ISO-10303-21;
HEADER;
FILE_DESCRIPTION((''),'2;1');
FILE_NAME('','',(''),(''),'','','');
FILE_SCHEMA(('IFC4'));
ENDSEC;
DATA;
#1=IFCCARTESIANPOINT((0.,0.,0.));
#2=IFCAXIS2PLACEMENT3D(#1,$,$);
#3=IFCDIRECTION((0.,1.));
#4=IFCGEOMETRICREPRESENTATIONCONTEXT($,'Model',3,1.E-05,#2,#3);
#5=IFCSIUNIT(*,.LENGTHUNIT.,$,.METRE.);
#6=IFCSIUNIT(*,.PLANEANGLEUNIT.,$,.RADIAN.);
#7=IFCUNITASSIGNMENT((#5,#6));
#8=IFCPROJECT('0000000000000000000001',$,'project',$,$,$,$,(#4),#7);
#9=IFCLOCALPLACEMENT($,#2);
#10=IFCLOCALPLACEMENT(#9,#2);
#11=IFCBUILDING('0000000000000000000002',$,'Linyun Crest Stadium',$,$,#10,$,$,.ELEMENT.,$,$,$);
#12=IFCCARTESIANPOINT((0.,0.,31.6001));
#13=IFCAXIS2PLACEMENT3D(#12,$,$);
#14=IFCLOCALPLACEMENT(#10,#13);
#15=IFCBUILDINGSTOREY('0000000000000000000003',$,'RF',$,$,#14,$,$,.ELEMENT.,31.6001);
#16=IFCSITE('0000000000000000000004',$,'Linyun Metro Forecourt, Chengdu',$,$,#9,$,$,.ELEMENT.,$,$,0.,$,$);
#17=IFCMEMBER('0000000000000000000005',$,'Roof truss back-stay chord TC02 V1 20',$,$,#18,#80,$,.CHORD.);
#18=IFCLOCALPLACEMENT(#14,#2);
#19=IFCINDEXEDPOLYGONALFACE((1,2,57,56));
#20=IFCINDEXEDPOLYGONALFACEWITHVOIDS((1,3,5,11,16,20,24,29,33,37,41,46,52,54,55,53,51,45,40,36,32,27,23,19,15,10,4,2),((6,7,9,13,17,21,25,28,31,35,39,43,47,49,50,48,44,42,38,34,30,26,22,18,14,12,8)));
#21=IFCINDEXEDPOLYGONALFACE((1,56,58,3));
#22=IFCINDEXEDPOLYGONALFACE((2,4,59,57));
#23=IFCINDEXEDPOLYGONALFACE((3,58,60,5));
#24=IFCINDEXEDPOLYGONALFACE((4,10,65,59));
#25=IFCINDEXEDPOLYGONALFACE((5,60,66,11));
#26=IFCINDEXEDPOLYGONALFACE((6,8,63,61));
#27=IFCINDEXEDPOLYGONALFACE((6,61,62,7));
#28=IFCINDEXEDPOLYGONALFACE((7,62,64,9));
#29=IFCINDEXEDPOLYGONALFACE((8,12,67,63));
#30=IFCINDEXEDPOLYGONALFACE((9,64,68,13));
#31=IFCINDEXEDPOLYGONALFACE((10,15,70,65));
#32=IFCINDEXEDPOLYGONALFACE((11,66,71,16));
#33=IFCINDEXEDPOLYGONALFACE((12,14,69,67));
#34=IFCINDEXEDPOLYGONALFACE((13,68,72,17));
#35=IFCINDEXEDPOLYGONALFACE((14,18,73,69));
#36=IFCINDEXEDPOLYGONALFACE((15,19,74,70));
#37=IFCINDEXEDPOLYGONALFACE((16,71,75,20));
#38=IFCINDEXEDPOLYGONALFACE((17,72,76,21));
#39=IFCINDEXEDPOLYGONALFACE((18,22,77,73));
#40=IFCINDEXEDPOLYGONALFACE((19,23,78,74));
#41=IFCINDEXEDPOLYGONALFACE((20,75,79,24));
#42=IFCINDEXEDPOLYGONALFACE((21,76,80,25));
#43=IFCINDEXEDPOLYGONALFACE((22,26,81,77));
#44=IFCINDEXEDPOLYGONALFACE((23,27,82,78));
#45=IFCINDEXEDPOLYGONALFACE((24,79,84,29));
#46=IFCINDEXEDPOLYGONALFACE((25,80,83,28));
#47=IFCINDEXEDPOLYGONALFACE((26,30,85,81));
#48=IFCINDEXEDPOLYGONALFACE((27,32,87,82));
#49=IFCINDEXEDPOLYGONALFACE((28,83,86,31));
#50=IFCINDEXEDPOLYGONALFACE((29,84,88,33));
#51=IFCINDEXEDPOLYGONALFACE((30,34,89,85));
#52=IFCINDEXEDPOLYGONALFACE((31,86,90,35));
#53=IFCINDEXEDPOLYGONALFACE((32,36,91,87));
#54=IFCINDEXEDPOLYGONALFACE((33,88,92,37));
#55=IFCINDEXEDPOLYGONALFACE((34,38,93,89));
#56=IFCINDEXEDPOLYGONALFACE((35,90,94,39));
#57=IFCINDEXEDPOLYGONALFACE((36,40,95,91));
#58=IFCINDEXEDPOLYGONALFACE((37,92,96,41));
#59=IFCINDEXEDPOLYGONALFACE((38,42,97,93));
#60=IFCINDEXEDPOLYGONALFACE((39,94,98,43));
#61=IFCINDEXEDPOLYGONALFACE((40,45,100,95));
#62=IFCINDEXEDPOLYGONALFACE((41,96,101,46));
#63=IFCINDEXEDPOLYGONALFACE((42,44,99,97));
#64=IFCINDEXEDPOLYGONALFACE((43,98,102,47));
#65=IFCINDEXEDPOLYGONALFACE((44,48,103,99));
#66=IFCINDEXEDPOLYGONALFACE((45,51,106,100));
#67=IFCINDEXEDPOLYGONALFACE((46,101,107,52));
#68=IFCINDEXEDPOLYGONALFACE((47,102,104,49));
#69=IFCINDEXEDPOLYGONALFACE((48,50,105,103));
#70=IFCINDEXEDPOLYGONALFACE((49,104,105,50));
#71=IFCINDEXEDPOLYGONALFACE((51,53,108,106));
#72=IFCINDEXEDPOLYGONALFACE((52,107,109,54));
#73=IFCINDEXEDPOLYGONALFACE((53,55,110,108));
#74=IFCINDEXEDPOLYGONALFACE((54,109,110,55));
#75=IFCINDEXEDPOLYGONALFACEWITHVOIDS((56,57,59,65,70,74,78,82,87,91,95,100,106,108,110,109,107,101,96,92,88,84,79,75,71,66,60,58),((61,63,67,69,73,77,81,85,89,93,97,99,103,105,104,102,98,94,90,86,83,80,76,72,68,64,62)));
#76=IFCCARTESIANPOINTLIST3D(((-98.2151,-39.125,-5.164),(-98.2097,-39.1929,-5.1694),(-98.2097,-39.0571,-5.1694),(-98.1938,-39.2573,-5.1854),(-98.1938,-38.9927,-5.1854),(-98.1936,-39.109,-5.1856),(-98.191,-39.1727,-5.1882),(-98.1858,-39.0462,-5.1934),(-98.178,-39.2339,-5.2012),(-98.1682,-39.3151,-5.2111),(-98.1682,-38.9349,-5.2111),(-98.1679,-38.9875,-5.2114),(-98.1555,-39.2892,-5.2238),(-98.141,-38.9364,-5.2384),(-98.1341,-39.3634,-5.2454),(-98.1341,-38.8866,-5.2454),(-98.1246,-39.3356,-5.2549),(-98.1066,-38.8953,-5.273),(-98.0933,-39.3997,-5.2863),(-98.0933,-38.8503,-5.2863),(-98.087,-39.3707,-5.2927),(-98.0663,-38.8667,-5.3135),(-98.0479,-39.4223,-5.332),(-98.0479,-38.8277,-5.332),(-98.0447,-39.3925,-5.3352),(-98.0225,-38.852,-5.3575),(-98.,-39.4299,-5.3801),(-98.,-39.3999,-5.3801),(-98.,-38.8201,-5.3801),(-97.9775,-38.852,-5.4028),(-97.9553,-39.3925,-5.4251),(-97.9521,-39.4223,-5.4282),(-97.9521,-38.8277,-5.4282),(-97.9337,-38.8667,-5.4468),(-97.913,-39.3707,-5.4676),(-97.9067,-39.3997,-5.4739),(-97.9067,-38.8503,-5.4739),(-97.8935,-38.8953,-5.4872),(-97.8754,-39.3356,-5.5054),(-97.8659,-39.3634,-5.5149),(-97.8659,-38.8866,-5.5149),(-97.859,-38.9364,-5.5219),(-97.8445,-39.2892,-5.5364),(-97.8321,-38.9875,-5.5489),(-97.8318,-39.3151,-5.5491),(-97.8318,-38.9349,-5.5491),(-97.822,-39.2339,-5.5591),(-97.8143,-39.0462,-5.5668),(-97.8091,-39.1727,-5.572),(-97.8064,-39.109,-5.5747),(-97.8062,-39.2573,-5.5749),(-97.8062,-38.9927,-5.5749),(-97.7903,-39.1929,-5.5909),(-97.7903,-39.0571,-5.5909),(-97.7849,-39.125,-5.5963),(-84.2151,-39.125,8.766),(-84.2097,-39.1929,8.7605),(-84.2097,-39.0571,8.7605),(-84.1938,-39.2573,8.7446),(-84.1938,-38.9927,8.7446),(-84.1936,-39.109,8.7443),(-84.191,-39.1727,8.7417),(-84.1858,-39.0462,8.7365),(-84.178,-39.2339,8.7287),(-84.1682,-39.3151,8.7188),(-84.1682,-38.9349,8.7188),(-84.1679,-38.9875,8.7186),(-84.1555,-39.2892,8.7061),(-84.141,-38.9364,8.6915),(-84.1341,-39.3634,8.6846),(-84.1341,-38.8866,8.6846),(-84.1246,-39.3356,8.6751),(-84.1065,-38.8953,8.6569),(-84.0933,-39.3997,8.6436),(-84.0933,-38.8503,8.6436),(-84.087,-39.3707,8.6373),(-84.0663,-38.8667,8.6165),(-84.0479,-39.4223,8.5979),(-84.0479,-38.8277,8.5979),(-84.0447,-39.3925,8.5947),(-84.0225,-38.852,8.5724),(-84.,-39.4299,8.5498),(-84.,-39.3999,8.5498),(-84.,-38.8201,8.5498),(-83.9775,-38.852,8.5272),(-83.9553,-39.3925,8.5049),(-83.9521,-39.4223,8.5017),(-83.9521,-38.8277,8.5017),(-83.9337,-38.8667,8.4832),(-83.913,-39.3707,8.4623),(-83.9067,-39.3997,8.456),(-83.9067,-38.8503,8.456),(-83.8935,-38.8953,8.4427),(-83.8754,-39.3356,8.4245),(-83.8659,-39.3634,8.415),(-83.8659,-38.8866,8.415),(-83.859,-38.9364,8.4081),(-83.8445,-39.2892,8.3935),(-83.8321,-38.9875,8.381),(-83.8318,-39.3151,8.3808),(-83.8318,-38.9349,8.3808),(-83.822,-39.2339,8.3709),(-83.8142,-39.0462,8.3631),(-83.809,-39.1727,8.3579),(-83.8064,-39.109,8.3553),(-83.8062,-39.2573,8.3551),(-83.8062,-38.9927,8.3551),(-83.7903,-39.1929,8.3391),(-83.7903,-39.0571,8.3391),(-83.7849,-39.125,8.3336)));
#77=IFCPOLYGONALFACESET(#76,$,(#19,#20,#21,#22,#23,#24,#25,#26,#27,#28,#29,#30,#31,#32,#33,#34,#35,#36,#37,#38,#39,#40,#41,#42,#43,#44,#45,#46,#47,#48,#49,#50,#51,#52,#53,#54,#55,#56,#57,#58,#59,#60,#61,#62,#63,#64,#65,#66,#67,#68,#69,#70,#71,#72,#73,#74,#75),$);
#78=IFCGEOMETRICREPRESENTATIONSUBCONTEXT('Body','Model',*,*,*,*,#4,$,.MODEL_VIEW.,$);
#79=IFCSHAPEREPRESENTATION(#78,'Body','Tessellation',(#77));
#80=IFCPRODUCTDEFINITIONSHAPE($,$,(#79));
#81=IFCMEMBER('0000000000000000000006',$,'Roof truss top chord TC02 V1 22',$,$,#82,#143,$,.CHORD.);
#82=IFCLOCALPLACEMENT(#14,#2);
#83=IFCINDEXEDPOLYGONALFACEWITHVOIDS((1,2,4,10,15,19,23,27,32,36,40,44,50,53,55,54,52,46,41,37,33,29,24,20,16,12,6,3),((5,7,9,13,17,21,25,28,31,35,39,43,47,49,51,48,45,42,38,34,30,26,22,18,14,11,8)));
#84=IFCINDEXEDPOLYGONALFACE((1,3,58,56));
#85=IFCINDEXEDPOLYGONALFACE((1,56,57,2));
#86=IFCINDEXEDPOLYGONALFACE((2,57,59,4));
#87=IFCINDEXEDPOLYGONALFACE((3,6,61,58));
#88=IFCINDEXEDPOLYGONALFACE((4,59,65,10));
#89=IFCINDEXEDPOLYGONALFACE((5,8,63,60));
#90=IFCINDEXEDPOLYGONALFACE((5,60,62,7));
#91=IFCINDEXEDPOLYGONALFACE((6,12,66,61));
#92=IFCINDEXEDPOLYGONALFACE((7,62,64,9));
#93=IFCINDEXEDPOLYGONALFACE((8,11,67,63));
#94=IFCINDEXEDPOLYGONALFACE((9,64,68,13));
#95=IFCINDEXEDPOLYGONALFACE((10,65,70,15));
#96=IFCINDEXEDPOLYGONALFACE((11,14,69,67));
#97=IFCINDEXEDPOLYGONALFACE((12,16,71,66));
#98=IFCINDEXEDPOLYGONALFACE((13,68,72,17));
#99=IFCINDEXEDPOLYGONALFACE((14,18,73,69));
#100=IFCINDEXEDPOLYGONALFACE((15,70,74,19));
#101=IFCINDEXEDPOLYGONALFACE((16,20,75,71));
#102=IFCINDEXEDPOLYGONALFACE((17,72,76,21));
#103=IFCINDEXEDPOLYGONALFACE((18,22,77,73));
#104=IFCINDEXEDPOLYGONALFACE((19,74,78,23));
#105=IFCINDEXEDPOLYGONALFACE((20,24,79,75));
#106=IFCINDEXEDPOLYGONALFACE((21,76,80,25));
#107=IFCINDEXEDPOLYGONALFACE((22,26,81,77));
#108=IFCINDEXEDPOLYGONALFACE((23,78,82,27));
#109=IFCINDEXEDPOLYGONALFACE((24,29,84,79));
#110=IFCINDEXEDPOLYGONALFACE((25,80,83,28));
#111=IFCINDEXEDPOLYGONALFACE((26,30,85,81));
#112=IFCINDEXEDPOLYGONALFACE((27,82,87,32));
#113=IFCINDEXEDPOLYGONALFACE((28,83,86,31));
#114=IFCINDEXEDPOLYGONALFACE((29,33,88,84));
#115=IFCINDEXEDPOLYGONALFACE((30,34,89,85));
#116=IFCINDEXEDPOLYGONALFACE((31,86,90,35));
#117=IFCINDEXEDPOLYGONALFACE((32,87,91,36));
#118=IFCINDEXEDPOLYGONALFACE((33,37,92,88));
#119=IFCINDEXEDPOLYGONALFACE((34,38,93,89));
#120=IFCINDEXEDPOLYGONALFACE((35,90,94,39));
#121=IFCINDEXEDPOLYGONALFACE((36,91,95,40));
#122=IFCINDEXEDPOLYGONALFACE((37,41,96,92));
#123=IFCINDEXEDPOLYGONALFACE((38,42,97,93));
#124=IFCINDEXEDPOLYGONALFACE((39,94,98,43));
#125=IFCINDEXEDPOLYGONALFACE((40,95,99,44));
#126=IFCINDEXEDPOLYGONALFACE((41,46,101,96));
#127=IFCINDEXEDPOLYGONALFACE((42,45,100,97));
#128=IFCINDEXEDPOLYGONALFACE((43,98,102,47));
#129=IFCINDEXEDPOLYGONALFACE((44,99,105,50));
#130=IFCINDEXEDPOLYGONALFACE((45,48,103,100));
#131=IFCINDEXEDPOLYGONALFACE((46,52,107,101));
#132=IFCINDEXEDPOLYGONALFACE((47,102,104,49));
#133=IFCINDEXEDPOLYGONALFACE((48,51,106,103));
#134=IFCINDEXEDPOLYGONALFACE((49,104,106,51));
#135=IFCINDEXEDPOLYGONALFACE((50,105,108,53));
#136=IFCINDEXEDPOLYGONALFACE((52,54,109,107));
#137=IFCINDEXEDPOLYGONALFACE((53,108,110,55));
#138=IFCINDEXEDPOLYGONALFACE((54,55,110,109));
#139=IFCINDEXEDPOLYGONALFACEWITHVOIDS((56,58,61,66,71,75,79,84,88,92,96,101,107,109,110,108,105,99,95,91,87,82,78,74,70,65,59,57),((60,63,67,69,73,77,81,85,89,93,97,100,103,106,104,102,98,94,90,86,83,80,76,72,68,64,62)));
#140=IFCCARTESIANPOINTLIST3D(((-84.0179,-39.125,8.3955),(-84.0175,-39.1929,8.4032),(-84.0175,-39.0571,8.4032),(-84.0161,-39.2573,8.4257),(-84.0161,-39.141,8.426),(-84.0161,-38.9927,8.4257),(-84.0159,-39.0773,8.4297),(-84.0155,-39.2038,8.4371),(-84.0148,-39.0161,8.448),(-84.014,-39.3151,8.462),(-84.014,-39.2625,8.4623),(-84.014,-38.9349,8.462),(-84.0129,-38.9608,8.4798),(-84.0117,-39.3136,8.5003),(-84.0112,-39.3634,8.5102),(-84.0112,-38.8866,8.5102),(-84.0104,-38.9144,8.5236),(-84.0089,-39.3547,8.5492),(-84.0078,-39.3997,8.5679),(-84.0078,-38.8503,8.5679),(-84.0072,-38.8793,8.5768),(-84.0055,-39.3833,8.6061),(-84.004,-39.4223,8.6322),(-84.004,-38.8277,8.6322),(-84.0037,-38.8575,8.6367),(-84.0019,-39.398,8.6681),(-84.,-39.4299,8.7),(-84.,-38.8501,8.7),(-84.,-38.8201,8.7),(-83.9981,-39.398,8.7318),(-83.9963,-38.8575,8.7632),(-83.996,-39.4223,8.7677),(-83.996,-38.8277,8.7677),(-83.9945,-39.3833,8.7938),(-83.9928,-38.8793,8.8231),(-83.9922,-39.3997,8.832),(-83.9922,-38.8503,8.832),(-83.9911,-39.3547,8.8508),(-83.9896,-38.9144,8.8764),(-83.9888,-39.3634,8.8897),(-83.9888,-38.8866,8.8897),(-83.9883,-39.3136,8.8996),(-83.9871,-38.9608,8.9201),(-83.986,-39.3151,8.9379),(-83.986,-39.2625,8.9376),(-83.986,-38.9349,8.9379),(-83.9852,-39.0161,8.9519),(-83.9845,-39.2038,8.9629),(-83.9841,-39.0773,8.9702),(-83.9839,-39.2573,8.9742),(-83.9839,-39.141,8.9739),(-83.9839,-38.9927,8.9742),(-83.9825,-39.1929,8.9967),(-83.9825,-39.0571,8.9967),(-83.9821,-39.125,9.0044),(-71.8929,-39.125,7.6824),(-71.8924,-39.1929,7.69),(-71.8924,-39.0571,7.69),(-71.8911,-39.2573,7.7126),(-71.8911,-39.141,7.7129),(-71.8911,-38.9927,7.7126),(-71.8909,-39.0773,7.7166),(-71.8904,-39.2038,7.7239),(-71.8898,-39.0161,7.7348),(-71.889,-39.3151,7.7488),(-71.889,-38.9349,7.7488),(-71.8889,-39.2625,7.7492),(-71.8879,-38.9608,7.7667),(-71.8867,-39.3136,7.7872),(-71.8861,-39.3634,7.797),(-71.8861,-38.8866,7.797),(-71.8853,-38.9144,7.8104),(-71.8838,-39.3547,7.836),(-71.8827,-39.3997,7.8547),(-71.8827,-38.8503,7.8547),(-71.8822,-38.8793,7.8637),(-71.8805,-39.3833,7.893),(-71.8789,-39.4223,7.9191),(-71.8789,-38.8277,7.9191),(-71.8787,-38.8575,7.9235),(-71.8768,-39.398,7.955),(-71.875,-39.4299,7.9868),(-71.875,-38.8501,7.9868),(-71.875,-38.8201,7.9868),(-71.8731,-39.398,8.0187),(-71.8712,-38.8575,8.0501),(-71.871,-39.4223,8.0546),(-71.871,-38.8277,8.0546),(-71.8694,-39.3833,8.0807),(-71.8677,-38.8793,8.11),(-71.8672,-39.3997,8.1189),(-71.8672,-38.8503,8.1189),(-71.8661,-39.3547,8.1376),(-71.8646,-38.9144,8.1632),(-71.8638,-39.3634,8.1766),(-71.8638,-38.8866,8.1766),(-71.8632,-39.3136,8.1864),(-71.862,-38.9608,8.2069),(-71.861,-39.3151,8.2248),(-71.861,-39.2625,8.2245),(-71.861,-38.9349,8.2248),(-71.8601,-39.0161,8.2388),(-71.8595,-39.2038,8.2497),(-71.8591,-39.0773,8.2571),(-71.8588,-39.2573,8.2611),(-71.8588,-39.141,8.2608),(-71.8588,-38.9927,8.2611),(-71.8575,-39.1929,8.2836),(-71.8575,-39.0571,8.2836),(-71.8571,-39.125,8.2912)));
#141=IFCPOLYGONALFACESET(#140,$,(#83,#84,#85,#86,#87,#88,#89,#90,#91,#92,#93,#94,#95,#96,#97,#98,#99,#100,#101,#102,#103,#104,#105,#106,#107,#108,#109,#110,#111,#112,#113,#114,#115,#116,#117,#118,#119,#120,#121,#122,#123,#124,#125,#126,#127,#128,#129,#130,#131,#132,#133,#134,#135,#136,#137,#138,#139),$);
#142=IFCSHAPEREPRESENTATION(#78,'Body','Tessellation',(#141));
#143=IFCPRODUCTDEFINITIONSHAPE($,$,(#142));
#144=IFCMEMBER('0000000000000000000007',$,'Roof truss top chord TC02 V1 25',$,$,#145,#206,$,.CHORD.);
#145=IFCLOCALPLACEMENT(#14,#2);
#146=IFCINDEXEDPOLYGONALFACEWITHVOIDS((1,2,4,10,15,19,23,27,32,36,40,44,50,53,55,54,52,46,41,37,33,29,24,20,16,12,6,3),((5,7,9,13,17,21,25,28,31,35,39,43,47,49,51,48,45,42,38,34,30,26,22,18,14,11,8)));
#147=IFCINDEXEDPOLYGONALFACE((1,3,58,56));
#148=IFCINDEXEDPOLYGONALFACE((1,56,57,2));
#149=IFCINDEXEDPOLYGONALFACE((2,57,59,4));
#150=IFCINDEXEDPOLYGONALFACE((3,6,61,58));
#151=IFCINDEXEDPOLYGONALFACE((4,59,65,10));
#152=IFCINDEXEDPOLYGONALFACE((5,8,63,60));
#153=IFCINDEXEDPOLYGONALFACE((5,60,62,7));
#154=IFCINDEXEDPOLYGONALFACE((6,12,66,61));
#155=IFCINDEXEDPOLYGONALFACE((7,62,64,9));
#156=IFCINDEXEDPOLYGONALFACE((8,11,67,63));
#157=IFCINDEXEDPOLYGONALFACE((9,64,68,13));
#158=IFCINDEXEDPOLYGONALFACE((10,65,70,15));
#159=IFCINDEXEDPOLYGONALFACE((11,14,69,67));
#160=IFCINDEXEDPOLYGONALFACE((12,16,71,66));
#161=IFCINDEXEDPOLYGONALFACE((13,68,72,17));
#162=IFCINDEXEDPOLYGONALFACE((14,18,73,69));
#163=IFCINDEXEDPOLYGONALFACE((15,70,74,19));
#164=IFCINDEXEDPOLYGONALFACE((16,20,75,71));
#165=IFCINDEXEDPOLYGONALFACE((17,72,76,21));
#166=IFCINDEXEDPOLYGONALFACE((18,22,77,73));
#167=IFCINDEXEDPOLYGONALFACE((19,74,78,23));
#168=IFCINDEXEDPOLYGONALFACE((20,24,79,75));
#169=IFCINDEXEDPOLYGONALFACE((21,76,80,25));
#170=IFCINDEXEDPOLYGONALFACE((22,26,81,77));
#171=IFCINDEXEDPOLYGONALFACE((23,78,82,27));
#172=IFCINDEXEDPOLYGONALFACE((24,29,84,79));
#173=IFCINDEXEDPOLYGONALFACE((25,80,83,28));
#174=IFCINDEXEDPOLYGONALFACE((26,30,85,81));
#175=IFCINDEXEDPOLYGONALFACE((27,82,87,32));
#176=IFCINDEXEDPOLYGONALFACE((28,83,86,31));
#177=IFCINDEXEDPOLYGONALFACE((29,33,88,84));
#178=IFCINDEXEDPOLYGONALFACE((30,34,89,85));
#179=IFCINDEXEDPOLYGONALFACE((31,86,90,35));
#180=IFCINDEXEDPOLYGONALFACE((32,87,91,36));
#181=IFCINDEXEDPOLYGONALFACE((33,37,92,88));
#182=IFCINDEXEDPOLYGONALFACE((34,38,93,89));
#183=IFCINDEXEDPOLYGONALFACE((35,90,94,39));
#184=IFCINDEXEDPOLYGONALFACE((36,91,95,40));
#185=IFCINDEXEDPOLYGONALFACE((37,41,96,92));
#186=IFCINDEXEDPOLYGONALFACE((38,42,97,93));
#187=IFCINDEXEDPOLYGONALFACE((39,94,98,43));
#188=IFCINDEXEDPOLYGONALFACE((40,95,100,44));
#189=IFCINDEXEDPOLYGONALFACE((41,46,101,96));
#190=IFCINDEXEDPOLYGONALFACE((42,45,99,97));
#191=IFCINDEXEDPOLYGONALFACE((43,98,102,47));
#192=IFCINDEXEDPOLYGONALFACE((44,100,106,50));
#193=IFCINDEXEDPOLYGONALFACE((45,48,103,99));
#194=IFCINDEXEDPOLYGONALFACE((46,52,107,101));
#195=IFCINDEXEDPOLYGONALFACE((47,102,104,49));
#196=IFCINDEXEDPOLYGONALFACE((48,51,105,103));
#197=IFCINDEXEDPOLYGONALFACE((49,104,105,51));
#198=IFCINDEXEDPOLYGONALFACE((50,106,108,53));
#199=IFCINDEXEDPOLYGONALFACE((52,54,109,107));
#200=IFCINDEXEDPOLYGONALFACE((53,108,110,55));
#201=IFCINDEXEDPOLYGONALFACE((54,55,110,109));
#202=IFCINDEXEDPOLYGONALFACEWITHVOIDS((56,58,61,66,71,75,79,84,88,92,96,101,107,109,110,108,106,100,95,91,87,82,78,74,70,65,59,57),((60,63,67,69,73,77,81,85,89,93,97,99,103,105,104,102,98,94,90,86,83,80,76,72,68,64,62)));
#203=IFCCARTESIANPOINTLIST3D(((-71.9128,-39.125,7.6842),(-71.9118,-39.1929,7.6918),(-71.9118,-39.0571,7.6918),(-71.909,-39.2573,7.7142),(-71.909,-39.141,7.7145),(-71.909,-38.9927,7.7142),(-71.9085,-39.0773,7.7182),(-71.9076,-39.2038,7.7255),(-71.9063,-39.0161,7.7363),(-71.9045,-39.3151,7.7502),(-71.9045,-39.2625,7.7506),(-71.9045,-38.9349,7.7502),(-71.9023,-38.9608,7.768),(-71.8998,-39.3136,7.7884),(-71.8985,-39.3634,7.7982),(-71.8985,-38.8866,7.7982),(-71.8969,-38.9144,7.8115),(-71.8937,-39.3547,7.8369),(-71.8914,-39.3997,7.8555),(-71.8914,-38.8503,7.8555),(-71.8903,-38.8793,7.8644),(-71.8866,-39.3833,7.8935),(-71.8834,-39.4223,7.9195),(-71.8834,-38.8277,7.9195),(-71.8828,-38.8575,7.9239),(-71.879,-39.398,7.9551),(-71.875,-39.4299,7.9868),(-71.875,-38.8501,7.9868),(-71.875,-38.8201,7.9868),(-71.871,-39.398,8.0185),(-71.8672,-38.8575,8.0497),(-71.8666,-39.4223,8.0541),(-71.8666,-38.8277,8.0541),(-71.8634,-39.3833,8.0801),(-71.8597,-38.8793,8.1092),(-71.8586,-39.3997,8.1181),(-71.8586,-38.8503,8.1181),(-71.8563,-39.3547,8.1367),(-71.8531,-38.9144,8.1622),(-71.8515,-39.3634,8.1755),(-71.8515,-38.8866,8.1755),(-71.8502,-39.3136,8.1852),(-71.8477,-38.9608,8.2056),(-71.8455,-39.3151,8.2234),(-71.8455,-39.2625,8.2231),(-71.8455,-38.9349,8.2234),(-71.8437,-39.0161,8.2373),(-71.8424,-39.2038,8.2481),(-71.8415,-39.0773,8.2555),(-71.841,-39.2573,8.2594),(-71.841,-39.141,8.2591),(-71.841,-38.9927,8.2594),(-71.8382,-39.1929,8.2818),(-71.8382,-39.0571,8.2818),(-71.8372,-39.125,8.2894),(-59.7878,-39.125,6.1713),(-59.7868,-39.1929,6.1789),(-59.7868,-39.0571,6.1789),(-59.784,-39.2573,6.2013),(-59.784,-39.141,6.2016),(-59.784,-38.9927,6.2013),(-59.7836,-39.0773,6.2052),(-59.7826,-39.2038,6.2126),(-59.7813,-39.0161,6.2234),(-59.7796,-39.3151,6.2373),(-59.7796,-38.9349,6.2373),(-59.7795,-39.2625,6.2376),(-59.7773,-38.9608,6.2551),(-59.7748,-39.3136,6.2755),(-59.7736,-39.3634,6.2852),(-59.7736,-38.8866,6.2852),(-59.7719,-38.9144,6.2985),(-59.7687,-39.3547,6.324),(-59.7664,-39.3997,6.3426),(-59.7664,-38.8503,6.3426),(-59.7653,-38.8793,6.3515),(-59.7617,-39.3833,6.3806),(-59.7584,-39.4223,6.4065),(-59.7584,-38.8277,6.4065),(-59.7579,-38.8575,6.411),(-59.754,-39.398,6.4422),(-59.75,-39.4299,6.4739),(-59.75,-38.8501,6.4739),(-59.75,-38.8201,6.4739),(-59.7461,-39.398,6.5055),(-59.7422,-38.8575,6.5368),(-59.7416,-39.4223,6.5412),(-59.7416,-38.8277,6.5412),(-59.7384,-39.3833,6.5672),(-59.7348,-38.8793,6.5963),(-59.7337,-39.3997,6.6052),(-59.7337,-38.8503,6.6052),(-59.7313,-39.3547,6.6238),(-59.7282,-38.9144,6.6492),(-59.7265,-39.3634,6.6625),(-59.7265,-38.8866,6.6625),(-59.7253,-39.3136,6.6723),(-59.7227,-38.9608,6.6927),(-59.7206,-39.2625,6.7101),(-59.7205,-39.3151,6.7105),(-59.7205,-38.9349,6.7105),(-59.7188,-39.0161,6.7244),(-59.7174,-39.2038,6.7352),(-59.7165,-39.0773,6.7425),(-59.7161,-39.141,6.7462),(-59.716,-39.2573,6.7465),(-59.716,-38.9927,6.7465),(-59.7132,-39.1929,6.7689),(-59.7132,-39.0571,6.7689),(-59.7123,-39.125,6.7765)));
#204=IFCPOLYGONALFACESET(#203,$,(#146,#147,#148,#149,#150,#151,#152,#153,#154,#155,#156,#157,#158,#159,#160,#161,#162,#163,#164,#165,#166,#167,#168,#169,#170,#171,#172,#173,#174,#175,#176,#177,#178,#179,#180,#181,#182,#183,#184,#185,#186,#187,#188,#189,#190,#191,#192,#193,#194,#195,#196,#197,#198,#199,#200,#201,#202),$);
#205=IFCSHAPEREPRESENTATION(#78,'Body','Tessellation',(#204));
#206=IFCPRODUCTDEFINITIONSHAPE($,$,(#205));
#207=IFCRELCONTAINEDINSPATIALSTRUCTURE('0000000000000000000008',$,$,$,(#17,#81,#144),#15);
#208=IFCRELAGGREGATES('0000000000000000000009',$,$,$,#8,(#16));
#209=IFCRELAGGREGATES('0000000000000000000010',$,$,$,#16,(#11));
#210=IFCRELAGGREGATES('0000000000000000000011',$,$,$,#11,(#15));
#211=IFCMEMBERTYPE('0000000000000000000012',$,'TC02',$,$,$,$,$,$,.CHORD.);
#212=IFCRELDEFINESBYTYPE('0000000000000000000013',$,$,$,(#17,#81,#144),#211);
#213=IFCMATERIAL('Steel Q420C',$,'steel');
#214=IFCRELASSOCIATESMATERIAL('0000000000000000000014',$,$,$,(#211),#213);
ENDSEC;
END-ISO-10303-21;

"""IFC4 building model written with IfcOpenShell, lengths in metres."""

from ifc_helpers import new_model, si_unit, direction, frame, origin, origin_2d, place, context, subcontext, project, spatial, hollow_circle, extrude, material, material_profile, profile_set, type_object, element, save


model = new_model("IFC4")

# Units and contexts
model_context = context("Model", 3, precision=1e-05, world=origin(), true_north=direction((0.0, 1.0)))
body_context = subcontext(model_context, "Body", "Model", "MODEL_VIEW")
ifc_project = project(units=[si_unit("LENGTHUNIT", "METRE"), si_unit("PLANEANGLEUNIT", "RADIAN")], contexts=[model_context])

# Site, building, storey
site_placement = place(None, origin())
site = spatial("IfcSite", under=ifc_project, at=site_placement, Name="Linyun Metro Forecourt, Chengdu", CompositionType="ELEMENT", RefElevation=0.0)
building_placement = place(site_placement, origin())
building = spatial("IfcBuilding", under=site, at=building_placement, Name="Linyun Crest Stadium", CompositionType="ELEMENT")
storey_placement = place(building_placement, frame((0.0, 0.0, 31.6001)))
storey = spatial("IfcBuildingStorey", under=building, at=storey_placement, Name="RF", CompositionType="ELEMENT", Elevation=31.6001)

# Members
ifc_material_1 = material(Name="Steel Q420C", Category="steel")
ifc_material_profile_1 = material_profile(ifc_material_1, hollow_circle(Radius=0.3049, WallThickness=0.03, at=origin_2d()), Name="CHS 610x30")
ifc_profile_set_1 = profile_set([ifc_material_profile_1], Name="Steel Q420C")
member_type_1 = type_object("IfcMemberType", Name="TC02", PredefinedType="CHORD", material=ifc_profile_set_1)
member_1_placement = place(storey_placement, frame((-84.0, -39.125, 8.5498), z_axis=(-0.708878, 0.0, -0.705331), x_axis=(0.0, -1.0, 0.0)))
element("IfcMember", 1, at=member_1_placement, inside=storey, type_object=member_type_1, Name="Roof truss back-stay chord TC02 V1 20", PredefinedType="CHORD", context=body_context, shape_type="SweptSolid", body=[
    extrude(hollow_circle(Radius=0.3049, WallThickness=0.03, at=origin_2d()), origin(), (0.0, 0.0, 1.0), 19.7495),
])
member_2_placement = place(storey_placement, frame((-84.0, -39.125, 8.7), z_axis=(0.998275, 0.0, -0.058714), x_axis=(0.0, 1.0, 0.0)))
element("IfcMember", 2, at=member_2_placement, inside=storey, type_object=member_type_1, Name="Roof truss top chord TC02 V1 22", PredefinedType="CHORD", context=body_context, shape_type="SweptSolid", body=[
    extrude(hollow_circle(Radius=0.3049, WallThickness=0.03, at=origin_2d()), origin(), (0.0, 0.0, 1.0), 12.146),
])
member_3_placement = place(storey_placement, frame((-71.875, -39.125, 7.9868), z_axis=(0.992305, 0.0, -0.123818), x_axis=(0.0, 1.0, 0.0)))
element("IfcMember", 3, at=member_3_placement, inside=storey, type_object=member_type_1, Name="Roof truss top chord TC02 V1 25", PredefinedType="CHORD", context=body_context, shape_type="SweptSolid", body=[
    extrude(hollow_circle(Radius=0.3049, WallThickness=0.03, at=origin_2d()), origin(), (0.0, 0.0, 1.0), 12.219),
])

save(model, "model.ifc")
